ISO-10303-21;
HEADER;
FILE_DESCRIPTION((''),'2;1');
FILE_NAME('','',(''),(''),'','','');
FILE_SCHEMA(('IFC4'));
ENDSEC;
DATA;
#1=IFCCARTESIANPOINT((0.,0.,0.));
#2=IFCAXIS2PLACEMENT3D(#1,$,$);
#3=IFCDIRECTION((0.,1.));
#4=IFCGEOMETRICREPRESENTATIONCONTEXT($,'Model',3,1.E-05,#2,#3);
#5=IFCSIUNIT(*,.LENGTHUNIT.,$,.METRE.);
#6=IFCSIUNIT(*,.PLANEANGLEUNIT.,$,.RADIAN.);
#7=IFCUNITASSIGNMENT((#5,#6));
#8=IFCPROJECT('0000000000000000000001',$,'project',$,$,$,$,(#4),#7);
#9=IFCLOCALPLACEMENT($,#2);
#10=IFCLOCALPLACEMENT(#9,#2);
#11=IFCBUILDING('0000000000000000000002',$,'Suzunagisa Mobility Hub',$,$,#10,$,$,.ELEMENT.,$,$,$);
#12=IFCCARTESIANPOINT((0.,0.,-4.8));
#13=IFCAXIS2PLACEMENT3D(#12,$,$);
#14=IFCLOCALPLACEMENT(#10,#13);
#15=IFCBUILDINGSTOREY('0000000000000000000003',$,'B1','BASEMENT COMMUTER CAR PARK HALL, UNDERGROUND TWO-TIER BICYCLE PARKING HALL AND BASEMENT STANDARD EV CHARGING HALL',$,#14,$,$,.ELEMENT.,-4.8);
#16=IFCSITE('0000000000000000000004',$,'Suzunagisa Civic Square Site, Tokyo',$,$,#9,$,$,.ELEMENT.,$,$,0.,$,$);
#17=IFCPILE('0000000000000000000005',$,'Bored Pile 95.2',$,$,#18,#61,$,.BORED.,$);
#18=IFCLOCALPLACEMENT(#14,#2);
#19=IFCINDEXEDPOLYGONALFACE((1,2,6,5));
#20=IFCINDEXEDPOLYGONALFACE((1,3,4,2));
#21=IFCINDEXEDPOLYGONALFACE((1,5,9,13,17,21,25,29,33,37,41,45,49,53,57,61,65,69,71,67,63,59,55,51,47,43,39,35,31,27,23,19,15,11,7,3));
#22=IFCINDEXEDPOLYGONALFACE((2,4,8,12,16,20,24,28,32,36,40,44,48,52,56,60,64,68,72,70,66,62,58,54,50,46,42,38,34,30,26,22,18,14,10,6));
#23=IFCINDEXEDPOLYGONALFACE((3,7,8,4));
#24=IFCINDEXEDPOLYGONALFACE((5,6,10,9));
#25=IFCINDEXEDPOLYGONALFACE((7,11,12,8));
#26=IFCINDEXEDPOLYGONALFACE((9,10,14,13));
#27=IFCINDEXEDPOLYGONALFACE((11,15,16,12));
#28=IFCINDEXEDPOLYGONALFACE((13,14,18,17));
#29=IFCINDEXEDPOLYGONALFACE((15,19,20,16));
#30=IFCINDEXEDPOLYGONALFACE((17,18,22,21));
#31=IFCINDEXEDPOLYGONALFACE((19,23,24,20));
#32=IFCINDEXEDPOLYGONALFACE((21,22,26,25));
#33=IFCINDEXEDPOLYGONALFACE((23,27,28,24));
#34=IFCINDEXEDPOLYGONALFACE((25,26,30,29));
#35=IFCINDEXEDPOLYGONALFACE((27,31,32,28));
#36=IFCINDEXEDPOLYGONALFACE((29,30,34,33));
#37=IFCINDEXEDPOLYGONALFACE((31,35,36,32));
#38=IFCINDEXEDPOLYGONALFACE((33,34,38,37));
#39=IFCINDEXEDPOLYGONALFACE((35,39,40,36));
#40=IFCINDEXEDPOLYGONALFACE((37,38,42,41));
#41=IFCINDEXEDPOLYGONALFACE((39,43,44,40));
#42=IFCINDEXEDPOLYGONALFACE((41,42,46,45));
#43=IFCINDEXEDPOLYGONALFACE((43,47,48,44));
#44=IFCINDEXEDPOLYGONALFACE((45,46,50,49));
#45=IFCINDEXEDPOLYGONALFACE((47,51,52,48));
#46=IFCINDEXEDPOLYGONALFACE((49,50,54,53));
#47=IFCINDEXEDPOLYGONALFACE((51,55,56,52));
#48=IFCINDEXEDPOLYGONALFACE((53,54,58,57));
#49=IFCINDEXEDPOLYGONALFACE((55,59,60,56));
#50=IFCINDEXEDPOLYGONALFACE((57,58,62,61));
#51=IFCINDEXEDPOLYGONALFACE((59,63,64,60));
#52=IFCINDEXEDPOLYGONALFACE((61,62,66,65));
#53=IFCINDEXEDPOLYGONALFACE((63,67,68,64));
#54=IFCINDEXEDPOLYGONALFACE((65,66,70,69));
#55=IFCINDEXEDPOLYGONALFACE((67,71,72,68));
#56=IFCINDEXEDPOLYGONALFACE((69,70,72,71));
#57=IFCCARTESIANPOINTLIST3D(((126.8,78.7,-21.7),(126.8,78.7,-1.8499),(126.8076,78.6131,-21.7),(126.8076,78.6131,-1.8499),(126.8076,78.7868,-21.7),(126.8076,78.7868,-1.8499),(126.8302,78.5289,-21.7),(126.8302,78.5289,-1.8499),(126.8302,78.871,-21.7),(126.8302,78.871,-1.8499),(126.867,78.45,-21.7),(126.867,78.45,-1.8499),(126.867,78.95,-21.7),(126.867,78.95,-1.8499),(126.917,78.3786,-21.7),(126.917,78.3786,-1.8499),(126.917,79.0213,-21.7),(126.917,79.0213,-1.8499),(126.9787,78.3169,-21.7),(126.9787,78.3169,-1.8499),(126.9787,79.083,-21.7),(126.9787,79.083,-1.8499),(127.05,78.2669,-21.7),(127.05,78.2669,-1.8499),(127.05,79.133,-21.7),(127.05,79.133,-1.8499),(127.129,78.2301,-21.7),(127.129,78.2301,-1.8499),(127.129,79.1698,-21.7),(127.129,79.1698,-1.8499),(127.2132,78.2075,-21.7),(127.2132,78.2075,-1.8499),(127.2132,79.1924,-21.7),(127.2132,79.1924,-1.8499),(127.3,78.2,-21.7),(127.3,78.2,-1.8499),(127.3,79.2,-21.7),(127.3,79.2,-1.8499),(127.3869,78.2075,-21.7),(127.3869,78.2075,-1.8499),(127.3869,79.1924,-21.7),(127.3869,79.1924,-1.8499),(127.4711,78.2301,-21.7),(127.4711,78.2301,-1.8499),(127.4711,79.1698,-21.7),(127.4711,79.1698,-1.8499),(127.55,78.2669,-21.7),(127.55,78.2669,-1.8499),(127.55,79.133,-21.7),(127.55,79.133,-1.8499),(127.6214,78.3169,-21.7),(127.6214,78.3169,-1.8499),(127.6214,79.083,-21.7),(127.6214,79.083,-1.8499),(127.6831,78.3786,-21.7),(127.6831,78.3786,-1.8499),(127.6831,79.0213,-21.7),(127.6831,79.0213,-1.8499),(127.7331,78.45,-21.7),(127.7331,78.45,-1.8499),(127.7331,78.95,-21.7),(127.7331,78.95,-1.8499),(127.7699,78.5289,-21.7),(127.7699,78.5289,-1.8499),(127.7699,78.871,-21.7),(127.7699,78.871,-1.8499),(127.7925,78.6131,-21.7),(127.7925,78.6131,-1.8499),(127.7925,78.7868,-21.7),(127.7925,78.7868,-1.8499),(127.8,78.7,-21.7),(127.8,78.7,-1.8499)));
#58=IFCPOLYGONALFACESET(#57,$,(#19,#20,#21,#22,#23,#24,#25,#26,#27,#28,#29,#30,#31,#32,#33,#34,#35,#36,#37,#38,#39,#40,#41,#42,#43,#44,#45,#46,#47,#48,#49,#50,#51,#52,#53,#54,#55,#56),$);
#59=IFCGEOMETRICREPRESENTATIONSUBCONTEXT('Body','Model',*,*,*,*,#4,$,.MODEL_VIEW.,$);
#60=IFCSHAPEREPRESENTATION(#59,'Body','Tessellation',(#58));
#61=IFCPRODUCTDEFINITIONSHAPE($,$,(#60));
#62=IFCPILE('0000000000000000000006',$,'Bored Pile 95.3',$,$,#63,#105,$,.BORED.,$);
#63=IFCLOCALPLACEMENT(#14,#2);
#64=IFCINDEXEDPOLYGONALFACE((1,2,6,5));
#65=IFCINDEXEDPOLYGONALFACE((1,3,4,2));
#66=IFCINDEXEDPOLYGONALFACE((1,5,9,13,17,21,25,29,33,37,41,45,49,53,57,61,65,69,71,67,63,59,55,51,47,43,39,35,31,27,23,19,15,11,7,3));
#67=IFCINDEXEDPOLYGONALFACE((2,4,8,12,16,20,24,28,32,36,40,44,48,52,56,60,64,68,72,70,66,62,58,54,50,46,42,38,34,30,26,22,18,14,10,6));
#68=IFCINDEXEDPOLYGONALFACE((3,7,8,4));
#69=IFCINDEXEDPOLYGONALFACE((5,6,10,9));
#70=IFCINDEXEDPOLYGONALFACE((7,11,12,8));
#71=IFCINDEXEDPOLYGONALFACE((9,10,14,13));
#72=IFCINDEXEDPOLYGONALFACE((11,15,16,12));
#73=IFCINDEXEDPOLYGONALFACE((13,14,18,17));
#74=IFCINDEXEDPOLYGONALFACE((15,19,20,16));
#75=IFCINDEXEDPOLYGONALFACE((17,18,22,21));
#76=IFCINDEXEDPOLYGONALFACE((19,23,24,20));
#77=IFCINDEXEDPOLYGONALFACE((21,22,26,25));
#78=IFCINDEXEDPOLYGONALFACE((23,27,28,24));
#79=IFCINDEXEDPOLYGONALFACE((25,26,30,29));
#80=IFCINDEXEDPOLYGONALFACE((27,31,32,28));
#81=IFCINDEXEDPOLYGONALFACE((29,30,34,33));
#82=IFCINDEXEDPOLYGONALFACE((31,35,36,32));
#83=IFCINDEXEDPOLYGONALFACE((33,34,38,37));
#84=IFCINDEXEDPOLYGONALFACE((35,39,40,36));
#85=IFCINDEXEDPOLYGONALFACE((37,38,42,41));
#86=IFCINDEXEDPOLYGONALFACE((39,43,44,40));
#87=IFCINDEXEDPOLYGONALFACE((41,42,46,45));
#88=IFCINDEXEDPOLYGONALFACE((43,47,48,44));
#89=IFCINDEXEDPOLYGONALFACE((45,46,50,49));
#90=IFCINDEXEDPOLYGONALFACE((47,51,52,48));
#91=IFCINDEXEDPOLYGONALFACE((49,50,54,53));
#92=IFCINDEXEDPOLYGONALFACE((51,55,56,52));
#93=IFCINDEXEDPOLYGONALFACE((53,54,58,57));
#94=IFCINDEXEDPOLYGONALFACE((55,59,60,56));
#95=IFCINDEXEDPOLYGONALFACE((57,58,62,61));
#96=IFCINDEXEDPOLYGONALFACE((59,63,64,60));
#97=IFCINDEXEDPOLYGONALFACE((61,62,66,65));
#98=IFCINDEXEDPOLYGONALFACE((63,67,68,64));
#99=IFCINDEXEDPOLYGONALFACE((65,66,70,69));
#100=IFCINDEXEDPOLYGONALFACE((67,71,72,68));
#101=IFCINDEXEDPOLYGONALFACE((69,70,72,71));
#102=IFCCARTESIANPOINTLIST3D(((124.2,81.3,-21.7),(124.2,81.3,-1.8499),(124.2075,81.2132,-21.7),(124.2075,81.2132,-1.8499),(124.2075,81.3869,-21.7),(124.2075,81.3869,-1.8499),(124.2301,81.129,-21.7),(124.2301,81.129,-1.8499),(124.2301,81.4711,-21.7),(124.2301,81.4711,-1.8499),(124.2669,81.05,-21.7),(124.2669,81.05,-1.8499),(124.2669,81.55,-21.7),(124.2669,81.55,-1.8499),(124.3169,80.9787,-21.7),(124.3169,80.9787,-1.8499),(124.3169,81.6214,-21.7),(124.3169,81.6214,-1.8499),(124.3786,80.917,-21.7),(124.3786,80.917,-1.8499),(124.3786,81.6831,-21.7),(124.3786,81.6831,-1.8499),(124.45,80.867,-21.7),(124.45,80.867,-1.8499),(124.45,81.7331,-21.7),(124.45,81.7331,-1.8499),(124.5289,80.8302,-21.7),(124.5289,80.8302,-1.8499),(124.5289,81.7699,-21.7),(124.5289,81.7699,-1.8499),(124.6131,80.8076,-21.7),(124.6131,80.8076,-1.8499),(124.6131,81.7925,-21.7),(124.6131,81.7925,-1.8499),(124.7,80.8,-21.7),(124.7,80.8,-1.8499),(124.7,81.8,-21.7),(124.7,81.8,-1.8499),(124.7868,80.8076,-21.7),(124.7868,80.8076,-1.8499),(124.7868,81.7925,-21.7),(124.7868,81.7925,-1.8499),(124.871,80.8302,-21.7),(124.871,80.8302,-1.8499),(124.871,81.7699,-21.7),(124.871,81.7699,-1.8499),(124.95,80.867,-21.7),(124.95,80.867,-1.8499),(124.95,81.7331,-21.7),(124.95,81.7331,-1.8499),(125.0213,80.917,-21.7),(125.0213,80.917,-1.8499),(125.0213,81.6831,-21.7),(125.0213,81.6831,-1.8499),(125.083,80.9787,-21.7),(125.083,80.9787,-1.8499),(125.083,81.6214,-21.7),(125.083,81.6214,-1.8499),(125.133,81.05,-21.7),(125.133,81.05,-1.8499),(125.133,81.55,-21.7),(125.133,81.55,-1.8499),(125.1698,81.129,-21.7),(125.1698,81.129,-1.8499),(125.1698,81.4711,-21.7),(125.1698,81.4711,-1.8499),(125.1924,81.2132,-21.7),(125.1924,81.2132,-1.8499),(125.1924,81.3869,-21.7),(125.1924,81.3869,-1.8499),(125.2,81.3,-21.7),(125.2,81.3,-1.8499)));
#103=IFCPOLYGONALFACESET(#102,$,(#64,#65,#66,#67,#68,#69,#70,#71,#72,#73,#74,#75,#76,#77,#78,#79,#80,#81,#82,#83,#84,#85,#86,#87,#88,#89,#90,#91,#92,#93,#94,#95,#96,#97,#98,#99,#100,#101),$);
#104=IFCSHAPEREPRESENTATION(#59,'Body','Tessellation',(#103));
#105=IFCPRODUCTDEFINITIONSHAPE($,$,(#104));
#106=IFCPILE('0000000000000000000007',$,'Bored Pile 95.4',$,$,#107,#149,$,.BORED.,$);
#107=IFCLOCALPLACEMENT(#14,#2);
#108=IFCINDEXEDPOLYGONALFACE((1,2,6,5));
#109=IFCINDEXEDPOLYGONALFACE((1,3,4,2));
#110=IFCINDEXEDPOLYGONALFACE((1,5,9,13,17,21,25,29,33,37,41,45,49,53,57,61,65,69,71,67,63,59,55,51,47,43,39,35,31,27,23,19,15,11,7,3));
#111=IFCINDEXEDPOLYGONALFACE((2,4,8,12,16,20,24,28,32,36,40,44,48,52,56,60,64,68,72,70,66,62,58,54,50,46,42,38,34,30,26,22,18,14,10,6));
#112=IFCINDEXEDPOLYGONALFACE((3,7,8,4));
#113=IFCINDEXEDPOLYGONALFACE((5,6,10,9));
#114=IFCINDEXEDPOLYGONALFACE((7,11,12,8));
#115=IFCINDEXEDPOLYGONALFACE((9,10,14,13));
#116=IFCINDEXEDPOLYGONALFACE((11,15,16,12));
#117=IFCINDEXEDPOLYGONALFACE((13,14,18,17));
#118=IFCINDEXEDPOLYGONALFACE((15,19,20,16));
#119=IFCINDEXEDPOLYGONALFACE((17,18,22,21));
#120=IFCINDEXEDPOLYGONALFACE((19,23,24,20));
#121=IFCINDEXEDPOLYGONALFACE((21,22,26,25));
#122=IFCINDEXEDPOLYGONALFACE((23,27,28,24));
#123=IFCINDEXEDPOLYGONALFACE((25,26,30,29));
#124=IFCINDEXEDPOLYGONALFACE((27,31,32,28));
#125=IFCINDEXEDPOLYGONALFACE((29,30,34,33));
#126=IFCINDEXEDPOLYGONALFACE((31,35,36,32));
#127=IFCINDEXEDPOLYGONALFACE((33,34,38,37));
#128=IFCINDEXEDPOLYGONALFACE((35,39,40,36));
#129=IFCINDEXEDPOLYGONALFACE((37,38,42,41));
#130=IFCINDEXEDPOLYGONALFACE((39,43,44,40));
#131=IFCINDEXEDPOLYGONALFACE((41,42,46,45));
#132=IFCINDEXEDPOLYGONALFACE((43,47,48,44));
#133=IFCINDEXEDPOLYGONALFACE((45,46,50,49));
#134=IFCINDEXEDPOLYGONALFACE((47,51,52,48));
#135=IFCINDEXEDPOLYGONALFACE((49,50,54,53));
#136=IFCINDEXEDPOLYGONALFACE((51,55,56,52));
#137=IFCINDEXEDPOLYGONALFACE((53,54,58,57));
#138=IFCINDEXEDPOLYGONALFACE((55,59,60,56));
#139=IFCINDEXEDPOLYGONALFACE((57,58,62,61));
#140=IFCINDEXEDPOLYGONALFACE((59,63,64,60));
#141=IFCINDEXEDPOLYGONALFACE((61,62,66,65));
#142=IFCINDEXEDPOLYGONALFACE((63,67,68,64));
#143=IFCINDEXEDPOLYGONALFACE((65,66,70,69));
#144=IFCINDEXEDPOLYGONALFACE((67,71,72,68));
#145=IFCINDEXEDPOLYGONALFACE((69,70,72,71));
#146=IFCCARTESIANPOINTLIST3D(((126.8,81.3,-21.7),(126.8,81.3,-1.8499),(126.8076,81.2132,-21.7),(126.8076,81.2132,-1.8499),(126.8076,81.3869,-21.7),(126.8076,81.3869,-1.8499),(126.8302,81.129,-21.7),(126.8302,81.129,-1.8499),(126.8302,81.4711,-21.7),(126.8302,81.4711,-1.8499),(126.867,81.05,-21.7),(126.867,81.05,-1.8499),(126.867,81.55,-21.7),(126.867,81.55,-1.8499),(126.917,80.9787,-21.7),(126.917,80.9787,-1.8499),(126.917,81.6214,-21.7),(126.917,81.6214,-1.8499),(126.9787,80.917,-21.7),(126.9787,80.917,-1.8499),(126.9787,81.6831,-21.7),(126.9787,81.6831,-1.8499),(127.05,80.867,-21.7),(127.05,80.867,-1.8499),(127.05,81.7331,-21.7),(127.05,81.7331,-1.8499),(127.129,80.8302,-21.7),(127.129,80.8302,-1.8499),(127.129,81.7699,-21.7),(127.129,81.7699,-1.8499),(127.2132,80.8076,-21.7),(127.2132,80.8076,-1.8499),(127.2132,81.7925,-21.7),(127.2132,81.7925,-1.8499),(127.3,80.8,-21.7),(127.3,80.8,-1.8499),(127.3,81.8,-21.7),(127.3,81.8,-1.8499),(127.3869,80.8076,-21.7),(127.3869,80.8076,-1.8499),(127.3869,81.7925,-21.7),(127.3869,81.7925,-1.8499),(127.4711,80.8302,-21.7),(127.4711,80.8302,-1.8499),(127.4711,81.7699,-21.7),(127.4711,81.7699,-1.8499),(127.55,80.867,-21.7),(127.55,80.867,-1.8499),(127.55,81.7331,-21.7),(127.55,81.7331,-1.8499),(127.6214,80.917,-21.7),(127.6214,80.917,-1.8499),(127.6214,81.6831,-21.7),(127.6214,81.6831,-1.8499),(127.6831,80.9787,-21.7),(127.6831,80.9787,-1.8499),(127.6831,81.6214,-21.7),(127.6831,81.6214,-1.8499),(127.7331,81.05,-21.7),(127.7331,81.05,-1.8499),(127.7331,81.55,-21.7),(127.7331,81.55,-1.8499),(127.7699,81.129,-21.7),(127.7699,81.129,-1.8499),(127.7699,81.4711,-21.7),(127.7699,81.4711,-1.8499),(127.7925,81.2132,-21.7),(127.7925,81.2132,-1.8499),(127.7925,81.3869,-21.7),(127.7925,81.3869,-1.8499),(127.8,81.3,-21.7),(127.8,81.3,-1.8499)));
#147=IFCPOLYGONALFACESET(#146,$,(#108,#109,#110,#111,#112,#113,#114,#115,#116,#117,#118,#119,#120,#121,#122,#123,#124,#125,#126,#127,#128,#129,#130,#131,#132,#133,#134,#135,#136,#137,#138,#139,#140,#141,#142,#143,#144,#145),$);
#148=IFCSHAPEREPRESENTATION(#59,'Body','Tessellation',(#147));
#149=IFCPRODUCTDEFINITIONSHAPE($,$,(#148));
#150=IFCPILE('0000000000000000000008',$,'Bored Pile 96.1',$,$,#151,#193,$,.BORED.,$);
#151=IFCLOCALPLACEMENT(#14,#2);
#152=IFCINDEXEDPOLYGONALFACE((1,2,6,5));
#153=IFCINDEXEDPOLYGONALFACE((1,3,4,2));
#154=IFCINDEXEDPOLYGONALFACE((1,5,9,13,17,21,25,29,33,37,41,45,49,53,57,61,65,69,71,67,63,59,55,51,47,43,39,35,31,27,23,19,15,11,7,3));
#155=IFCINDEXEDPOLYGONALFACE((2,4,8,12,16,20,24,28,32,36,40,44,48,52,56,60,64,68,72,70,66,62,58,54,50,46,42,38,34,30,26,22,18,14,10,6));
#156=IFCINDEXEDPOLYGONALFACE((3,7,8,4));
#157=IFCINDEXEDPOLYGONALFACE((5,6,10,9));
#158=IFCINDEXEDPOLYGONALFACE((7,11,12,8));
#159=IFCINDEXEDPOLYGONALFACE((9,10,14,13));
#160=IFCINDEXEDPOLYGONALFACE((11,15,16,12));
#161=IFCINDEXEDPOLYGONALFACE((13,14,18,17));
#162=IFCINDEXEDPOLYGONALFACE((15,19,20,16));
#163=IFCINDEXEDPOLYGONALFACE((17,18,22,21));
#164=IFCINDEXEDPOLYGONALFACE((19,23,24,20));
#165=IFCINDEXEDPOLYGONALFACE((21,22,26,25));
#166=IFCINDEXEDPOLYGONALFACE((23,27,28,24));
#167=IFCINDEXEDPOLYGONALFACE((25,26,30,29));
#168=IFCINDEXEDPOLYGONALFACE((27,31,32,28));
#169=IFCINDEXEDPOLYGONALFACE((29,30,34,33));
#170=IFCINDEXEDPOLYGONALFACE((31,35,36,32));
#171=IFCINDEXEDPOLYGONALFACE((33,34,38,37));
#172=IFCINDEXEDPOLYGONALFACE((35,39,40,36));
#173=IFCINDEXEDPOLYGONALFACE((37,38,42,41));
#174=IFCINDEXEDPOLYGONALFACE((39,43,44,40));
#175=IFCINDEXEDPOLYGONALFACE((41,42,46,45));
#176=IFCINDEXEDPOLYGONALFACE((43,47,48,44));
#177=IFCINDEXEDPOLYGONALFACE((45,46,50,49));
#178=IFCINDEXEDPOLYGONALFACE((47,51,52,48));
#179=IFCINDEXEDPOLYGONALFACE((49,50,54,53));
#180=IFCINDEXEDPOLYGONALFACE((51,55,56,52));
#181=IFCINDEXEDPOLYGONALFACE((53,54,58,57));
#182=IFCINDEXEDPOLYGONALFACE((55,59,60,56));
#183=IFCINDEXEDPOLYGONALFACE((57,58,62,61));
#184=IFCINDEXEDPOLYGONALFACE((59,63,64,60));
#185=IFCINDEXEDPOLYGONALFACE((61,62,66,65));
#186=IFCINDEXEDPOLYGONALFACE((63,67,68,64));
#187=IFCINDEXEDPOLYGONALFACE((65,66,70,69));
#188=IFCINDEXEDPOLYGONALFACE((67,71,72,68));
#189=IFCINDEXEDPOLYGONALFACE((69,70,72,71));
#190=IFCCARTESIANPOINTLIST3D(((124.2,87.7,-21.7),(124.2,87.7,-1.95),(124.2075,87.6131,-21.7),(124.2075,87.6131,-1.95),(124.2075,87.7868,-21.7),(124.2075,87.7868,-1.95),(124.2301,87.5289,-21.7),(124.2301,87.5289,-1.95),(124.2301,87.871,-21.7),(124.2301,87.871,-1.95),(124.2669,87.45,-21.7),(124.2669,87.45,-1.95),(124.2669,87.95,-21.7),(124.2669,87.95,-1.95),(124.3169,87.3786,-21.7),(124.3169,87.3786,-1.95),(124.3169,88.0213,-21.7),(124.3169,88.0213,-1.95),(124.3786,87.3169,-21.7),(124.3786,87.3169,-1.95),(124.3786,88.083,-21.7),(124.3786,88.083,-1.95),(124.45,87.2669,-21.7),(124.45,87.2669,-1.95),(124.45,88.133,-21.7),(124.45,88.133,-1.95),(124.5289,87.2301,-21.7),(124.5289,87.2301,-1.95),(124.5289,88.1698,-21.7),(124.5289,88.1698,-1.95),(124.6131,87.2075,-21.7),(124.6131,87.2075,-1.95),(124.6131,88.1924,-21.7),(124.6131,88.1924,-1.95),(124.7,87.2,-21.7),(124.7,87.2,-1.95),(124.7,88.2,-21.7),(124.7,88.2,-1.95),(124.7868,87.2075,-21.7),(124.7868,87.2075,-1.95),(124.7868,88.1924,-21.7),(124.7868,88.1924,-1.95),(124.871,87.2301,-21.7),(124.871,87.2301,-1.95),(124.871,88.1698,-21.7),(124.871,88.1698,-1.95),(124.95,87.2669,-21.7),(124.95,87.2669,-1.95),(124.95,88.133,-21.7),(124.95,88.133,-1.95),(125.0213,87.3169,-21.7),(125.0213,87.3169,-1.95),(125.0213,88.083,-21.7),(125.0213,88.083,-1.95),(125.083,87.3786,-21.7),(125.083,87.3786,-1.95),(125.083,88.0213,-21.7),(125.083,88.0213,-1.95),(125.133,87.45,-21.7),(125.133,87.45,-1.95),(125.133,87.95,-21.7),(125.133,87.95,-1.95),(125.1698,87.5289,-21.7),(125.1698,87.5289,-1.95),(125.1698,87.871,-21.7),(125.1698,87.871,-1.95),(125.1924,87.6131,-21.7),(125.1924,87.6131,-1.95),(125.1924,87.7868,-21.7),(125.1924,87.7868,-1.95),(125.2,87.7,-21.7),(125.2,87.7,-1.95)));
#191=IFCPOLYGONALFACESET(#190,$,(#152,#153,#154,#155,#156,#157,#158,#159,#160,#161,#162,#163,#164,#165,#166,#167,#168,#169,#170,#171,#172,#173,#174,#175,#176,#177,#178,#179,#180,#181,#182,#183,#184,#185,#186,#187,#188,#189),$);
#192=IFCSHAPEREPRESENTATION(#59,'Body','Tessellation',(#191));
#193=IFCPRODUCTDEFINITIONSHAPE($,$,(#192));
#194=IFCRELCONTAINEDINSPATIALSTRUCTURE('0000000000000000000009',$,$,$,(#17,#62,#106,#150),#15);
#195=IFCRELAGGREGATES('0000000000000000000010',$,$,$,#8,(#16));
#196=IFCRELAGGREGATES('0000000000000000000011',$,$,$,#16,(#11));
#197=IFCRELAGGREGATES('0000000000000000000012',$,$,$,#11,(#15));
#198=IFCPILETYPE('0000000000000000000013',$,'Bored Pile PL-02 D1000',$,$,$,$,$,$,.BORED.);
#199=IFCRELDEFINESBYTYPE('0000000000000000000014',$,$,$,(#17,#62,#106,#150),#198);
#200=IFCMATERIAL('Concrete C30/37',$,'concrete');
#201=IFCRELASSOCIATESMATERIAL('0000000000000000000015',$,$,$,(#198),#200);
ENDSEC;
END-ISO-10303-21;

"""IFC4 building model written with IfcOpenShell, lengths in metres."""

from ifc_helpers import new_model, si_unit, direction, frame, origin, origin_2d, place, context, subcontext, project, spatial, circle, extrude, material, material_profile, profile_set, type_object, element, save


model = new_model("IFC4")

# Units and contexts
model_context = context("Model", 3, precision=1e-05, world=origin(), true_north=direction((0.0, 1.0)))
body_context = subcontext(model_context, "Body", "Model", "MODEL_VIEW")
ifc_project = project(units=[si_unit("LENGTHUNIT", "METRE"), si_unit("PLANEANGLEUNIT", "RADIAN")], contexts=[model_context])

# Site, building, storey
site_placement = place(None, origin())
site = spatial("IfcSite", under=ifc_project, at=site_placement, Name="Suzunagisa Civic Square Site, Tokyo", CompositionType="ELEMENT", RefElevation=0.0)
building_placement = place(site_placement, origin())
building = spatial("IfcBuilding", under=site, at=building_placement, Name="Suzunagisa Mobility Hub", CompositionType="ELEMENT")
storey_placement = place(building_placement, frame((0.0, 0.0, -4.8)))
storey = spatial("IfcBuildingStorey", under=building, at=storey_placement, Name="B1", Description="BASEMENT COMMUTER CAR PARK HALL, UNDERGROUND TWO-TIER BICYCLE PARKING HALL AND BASEMENT STANDARD EV CHARGING HALL", CompositionType="ELEMENT", Elevation=-4.8)

# Piles
ifc_material_1 = material(Name="Concrete C30/37", Category="concrete")
ifc_material_profile_1 = material_profile(ifc_material_1, circle(Radius=0.5, at=origin_2d()), Name="BORED PILE D1000")
ifc_profile_set_1 = profile_set([ifc_material_profile_1], Name="Concrete C30/37")
pile_type_1 = type_object("IfcPileType", Name="Bored Pile PL-02 D1000", PredefinedType="BORED", material=ifc_profile_set_1)
for number, where, z_axis, x_axis, name in (
    (1, (127.3, 78.7, -1.8499), (0.0, 0.0, -1.0), (1.0, 0.0, 0.0), "Bored Pile 95.2"),
    (2, (124.7, 81.3, -1.8499), (0.0, 0.0, -1.0), (1.0, 0.0, 0.0), "Bored Pile 95.3"),
    (3, (127.3, 81.3, -1.8499), (0.0, 0.0, -1.0), (1.0, 0.0, 0.0), "Bored Pile 95.4"),
):
    element("IfcPile", number, at=place(storey_placement, frame(where, z_axis=z_axis, x_axis=x_axis)), inside=storey, type_object=pile_type_1, Name=name, PredefinedType="BORED", context=body_context, shape_type="SweptSolid", body=[
        extrude(circle(Radius=0.5, at=origin_2d()), origin(), (0.0, 0.0, 1.0), 19.8501),
    ])
for number, where, z_axis, x_axis, name in (
    (4, (124.7, 87.7, -1.95), (0.0, 0.0, -1.0), (1.0, 0.0, 0.0), "Bored Pile 96.1"),
):
    element("IfcPile", number, at=place(storey_placement, frame(where, z_axis=z_axis, x_axis=x_axis)), inside=storey, type_object=pile_type_1, Name=name, PredefinedType="BORED", context=body_context, shape_type="SweptSolid", body=[
        extrude(circle(Radius=0.5, at=origin_2d()), origin(), (0.0, 0.0, 1.0), 19.75),
    ])

save(model, "model.ifc")
